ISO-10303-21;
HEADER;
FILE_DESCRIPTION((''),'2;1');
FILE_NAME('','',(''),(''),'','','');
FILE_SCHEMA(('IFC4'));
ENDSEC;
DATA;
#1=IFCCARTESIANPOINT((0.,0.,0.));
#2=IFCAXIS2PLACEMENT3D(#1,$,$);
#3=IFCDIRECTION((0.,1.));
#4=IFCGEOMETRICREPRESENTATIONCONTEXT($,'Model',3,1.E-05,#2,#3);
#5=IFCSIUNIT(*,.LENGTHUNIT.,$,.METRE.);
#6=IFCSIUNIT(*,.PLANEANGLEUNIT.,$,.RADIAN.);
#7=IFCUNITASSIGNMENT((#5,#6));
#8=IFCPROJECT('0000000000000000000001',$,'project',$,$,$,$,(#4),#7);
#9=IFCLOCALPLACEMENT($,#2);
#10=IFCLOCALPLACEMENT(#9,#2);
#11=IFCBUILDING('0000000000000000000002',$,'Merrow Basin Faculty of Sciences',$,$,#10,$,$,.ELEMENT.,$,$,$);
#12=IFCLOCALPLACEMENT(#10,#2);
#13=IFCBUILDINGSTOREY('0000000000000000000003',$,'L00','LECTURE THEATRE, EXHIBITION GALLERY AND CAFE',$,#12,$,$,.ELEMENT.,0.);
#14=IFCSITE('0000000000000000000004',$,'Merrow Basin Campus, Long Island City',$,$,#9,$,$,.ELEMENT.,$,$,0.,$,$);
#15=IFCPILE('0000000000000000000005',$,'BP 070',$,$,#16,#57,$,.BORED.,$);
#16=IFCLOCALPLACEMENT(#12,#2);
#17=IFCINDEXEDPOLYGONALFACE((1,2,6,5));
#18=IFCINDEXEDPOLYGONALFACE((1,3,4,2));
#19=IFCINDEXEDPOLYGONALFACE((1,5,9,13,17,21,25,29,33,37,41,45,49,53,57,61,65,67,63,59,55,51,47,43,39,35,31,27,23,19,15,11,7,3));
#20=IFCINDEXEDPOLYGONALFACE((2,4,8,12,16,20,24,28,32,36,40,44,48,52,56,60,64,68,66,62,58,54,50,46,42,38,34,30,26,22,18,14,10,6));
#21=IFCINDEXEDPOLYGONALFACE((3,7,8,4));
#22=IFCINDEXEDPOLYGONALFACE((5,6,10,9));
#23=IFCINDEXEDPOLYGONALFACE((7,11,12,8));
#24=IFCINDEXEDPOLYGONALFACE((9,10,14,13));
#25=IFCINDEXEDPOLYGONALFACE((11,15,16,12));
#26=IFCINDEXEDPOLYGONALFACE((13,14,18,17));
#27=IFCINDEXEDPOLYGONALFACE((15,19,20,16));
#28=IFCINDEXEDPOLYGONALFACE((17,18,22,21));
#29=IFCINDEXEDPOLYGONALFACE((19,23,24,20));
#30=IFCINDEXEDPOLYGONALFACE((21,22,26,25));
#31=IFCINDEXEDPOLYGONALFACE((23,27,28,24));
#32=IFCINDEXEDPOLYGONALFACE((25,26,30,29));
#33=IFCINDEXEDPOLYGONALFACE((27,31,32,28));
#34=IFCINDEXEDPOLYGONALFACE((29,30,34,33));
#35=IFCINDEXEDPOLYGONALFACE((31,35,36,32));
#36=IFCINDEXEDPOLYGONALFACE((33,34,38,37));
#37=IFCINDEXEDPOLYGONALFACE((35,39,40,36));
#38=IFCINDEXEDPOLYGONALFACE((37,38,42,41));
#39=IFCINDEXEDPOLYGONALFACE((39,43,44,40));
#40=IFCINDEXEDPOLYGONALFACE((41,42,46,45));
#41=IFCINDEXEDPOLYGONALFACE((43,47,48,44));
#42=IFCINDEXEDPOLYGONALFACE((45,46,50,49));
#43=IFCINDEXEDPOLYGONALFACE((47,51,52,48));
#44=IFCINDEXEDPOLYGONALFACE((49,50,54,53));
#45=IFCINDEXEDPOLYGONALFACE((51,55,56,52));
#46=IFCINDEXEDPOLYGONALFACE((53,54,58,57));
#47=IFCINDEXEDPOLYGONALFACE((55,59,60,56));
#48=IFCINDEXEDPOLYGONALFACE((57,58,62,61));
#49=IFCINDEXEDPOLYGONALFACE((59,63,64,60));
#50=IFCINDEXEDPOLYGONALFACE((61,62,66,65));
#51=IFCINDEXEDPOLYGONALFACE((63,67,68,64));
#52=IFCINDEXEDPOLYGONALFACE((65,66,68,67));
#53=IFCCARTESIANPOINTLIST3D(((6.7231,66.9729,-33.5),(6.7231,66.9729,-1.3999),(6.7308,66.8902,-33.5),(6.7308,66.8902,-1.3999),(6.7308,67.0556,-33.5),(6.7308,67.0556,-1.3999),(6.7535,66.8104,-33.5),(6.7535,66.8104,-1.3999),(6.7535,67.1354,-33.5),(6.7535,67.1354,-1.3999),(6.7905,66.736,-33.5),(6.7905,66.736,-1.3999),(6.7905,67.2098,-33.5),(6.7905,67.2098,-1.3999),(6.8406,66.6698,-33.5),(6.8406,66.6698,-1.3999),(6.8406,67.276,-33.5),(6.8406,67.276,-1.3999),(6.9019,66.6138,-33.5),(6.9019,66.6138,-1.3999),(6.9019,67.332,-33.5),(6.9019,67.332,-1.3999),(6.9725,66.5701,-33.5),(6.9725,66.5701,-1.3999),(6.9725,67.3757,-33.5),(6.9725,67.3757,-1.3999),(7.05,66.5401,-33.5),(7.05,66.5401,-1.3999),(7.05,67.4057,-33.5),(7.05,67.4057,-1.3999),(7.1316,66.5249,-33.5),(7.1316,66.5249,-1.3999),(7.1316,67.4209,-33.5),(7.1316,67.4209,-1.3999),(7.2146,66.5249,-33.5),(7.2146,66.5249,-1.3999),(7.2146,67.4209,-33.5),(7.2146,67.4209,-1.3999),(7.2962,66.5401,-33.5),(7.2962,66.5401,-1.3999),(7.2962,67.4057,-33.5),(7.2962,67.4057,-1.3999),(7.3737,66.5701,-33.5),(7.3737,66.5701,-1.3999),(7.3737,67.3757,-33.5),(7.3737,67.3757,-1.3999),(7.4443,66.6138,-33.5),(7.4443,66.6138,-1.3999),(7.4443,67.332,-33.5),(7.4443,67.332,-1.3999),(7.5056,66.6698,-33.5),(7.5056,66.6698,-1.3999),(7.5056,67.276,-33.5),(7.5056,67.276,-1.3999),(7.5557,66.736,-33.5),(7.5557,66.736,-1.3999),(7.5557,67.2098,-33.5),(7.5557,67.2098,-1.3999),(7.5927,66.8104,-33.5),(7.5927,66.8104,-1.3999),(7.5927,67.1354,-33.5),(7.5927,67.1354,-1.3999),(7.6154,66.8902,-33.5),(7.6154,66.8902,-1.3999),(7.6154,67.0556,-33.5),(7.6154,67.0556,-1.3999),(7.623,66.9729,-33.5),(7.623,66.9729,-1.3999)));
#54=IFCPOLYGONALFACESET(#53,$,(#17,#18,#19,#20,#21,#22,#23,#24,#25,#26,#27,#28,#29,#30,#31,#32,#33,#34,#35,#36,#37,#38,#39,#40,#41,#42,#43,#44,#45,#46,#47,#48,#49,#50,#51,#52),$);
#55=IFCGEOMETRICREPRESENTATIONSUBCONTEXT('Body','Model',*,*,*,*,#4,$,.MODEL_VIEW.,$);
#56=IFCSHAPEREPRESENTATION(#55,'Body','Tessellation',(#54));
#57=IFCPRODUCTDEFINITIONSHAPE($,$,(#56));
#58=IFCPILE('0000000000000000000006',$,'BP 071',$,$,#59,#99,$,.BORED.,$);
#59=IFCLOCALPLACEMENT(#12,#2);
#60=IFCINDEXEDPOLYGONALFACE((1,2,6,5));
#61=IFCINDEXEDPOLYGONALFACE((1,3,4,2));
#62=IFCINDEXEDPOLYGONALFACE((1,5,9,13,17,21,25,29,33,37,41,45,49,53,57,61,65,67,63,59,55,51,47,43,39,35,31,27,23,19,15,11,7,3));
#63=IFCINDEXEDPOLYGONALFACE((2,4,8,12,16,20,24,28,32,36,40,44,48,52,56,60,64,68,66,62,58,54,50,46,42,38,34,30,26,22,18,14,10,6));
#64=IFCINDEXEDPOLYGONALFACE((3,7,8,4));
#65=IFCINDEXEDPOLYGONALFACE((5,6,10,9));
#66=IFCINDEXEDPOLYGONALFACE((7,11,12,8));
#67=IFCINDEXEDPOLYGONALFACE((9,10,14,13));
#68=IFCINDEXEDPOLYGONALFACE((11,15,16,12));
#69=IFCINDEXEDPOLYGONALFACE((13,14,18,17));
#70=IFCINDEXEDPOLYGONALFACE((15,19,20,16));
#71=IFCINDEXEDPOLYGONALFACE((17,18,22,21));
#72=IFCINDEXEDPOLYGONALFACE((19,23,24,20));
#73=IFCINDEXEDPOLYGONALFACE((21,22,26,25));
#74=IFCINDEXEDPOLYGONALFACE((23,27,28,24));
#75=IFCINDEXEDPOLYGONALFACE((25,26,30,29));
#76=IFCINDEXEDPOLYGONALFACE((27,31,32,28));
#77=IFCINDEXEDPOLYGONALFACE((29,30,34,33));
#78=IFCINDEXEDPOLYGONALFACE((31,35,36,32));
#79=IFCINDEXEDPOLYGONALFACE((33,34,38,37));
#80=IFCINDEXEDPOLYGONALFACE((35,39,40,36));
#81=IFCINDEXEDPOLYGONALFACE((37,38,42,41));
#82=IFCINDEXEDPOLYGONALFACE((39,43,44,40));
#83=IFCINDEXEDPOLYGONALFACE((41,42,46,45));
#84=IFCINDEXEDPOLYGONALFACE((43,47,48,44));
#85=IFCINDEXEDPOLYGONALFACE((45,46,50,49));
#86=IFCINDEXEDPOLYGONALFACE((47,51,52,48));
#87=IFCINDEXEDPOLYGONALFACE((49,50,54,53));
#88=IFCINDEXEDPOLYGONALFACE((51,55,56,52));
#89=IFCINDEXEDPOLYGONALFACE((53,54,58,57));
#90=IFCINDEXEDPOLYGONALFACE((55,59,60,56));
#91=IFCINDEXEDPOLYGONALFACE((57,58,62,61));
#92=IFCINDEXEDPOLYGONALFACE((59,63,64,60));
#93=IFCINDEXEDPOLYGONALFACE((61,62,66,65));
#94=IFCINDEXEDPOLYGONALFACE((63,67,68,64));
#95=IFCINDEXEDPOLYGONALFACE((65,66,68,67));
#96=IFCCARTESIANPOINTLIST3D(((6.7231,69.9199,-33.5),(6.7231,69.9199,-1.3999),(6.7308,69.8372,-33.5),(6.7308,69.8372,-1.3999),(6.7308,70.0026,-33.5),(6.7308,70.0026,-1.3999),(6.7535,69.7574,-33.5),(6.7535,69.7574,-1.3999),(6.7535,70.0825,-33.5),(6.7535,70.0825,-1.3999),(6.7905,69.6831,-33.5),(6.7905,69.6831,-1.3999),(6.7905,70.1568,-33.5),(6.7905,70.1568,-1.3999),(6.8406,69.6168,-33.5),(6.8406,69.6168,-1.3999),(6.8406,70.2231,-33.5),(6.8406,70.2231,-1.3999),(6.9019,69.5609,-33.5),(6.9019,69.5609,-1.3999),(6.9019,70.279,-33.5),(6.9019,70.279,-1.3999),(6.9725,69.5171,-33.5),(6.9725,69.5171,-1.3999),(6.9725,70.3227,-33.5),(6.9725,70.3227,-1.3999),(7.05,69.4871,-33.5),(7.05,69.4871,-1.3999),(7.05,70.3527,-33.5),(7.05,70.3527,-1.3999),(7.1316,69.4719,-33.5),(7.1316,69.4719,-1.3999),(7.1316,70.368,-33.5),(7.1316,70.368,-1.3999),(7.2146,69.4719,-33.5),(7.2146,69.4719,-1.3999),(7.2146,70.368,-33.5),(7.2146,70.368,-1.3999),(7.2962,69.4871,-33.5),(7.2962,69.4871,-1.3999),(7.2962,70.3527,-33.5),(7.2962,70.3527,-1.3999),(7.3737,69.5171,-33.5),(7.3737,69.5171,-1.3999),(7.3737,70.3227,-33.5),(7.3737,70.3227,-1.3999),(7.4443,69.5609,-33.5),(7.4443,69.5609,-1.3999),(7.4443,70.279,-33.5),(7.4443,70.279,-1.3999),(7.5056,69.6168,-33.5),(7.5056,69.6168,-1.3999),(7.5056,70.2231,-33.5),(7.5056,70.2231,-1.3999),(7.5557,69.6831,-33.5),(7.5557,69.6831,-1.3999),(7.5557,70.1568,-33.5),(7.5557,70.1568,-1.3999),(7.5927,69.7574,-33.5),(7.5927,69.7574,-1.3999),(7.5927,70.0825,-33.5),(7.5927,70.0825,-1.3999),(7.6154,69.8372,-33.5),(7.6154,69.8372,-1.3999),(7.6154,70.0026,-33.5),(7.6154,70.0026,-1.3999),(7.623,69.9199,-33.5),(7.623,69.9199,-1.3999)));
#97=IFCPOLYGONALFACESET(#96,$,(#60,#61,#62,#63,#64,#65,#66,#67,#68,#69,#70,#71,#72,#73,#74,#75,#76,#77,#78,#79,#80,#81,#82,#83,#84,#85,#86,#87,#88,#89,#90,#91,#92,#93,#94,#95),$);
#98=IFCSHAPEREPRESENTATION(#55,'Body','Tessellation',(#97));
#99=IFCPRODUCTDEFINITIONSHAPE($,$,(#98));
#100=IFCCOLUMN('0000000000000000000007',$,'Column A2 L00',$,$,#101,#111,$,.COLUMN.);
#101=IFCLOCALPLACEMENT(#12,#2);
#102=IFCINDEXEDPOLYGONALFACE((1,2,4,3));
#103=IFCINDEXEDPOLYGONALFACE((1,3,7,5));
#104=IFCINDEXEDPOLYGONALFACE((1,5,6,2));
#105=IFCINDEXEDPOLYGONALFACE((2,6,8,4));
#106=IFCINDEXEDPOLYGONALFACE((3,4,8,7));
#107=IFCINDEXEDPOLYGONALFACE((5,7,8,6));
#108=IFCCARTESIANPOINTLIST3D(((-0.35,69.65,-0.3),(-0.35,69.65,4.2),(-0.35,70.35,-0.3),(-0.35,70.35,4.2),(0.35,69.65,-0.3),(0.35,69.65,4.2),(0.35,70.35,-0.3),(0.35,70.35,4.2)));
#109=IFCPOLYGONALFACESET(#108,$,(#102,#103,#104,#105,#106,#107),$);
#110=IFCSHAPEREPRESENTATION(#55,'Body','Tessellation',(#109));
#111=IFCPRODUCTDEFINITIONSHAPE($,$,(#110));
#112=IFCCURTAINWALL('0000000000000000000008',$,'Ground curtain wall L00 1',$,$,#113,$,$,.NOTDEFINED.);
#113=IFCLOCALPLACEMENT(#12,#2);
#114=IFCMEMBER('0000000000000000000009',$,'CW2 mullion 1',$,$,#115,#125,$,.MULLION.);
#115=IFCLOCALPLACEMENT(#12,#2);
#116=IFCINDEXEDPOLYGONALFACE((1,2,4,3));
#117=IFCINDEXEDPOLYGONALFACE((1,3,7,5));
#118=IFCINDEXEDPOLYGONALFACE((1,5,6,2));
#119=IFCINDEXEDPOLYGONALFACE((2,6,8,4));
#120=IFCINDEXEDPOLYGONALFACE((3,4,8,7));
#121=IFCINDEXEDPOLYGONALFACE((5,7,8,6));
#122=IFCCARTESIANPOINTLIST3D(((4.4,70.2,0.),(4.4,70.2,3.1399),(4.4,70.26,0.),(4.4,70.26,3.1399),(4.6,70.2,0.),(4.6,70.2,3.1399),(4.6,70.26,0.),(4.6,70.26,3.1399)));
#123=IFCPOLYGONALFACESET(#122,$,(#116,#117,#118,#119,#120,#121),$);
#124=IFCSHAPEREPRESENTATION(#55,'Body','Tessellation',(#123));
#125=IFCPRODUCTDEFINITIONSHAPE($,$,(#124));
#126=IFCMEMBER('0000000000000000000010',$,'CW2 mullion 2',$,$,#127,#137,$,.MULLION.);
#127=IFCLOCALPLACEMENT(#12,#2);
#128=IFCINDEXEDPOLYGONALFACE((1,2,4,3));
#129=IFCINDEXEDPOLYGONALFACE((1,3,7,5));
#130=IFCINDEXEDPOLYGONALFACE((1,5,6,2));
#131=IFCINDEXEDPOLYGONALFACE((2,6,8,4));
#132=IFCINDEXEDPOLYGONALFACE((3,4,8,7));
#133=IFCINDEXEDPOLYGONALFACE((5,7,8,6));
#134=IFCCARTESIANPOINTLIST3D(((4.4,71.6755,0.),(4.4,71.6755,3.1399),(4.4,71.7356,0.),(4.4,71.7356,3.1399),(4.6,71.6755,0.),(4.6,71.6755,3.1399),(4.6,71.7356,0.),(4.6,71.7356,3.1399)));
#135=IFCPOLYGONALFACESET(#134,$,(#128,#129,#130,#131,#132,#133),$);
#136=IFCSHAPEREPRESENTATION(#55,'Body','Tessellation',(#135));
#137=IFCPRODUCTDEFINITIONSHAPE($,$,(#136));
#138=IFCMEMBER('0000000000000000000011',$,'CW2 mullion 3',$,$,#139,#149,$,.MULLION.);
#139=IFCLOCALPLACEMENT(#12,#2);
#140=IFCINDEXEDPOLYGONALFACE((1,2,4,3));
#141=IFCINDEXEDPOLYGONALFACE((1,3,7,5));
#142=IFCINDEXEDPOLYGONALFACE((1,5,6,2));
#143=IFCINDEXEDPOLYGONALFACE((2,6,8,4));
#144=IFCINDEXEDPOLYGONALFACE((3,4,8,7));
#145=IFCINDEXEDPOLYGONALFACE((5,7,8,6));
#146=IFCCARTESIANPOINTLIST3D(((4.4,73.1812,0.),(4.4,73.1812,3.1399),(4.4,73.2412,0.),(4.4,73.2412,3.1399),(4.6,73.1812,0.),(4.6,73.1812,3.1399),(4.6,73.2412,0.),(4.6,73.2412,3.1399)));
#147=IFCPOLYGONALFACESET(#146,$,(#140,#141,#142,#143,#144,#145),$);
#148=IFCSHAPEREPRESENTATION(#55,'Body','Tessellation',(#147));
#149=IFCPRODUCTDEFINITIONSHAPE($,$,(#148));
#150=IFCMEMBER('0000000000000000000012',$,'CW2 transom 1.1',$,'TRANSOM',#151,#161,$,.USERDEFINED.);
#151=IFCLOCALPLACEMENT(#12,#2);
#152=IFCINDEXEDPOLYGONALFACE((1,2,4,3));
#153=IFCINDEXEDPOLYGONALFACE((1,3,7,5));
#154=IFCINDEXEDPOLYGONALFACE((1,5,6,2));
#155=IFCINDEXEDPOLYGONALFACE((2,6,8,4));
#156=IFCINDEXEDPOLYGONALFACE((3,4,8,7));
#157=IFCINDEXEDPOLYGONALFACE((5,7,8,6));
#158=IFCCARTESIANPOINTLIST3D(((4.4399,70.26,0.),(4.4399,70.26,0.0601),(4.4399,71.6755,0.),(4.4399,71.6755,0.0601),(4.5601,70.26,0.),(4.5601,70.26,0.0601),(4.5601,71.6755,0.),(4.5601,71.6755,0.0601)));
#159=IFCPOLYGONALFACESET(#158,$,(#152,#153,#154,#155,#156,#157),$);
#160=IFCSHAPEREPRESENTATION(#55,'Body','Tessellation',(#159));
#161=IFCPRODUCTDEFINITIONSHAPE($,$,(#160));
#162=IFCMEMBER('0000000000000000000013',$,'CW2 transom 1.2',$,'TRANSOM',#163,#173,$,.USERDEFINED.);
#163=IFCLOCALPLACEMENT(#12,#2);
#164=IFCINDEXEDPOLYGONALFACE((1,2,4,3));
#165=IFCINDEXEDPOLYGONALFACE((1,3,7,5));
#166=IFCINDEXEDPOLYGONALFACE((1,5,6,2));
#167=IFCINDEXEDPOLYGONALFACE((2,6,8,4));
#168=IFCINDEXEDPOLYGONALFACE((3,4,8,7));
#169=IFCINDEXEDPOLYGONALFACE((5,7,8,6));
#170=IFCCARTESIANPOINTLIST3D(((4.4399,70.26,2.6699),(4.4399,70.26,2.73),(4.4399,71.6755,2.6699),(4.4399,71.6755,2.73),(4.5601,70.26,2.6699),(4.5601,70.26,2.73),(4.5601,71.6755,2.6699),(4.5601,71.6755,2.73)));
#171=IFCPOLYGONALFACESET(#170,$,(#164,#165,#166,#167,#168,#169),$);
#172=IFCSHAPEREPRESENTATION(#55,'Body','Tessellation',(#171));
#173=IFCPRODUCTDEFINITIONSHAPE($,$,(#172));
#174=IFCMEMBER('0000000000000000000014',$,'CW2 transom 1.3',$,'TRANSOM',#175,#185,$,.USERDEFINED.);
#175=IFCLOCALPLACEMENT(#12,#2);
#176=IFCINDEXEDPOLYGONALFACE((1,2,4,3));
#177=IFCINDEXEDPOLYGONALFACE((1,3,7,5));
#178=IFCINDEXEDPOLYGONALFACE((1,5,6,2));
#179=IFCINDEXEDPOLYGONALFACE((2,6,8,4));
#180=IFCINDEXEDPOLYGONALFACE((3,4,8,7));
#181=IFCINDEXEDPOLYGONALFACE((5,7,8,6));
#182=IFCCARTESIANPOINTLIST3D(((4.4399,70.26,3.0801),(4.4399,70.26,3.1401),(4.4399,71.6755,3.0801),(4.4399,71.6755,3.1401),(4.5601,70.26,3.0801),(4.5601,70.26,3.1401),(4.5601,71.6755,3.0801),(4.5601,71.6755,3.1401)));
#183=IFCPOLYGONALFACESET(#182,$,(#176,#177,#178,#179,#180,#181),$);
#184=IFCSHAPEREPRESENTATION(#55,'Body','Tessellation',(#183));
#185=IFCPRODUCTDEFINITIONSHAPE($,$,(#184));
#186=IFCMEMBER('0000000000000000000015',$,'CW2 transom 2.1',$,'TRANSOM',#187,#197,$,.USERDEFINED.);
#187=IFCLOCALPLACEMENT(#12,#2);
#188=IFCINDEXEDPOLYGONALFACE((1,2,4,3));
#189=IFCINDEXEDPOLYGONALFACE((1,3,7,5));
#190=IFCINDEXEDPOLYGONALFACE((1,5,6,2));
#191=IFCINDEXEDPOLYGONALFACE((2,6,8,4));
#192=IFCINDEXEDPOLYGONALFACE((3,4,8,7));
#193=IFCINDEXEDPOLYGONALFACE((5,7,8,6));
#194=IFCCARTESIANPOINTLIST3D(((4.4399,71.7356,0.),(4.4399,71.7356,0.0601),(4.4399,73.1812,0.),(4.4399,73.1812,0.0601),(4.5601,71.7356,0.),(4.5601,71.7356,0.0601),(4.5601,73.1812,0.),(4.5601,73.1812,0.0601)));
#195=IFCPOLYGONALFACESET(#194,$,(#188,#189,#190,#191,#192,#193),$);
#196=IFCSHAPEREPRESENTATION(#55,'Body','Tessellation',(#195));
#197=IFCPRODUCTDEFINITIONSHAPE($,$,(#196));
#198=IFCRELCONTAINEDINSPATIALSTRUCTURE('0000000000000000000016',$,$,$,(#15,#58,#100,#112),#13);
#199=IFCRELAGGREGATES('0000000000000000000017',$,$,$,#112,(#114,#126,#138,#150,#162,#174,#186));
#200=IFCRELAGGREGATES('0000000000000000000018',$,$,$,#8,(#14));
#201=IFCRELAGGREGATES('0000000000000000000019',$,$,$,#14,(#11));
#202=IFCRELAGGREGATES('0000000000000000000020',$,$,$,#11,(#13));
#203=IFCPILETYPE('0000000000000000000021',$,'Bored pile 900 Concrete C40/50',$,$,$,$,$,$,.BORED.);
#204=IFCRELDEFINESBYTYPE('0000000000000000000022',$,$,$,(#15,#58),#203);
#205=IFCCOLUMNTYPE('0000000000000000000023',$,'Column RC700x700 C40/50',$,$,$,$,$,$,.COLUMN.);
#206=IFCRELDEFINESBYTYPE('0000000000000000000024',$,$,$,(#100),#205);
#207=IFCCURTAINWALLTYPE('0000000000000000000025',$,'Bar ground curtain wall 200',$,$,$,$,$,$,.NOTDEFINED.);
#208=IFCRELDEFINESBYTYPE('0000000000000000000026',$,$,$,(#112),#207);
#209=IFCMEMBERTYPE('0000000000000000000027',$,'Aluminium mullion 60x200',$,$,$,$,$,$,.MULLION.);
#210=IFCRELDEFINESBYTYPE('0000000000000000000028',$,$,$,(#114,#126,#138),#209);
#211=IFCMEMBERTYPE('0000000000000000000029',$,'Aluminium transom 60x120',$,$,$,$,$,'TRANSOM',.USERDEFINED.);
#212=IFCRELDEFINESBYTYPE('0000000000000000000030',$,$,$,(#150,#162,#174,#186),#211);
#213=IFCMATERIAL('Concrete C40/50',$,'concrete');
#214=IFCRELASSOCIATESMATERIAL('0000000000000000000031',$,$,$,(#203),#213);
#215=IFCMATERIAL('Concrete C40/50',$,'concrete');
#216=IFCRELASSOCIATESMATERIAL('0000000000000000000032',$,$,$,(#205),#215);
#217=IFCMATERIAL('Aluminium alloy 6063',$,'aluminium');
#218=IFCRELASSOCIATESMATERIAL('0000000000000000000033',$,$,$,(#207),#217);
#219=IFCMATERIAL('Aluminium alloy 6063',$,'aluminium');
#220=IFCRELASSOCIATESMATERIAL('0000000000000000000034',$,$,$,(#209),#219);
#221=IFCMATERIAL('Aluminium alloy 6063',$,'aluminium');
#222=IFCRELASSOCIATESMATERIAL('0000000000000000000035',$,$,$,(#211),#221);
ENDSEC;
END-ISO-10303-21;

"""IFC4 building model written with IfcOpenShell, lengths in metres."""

from ifc_helpers import new_model, si_unit, direction, frame, origin, origin_2d, place, context, subcontext, project, spatial, rectangle, circle, extrude, material, material_profile, profile_set, type_object, element, aggregate, save


model = new_model("IFC4")

# Units and contexts
model_context = context("Model", 3, precision=1e-05, world=origin(), true_north=direction((0.0, 1.0)))
body_context = subcontext(model_context, "Body", "Model", "MODEL_VIEW")
ifc_project = project(units=[si_unit("LENGTHUNIT", "METRE"), si_unit("PLANEANGLEUNIT", "RADIAN")], contexts=[model_context])

# Site, building, storey
site_placement = place(None, origin())
site = spatial("IfcSite", under=ifc_project, at=site_placement, Name="Merrow Basin Campus, Long Island City", CompositionType="ELEMENT", RefElevation=0.0)
building_placement = place(site_placement, origin())
building = spatial("IfcBuilding", under=site, at=building_placement, Name="Merrow Basin Faculty of Sciences", CompositionType="ELEMENT")
storey_placement = place(building_placement, origin())
storey = spatial("IfcBuildingStorey", under=building, at=storey_placement, Name="L00", Description="LECTURE THEATRE, EXHIBITION GALLERY AND CAFE", CompositionType="ELEMENT", Elevation=0.0)

# Piles
ifc_material_1 = material(Name="Concrete C40/50", Category="concrete")
ifc_material_profile_1 = material_profile(ifc_material_1, circle(Radius=0.45, at=origin_2d()))
ifc_profile_set_1 = profile_set([ifc_material_profile_1], Name="Concrete C40/50")
pile_type = type_object("IfcPileType", Name="Bored pile 900 Concrete C40/50", PredefinedType="BORED", material=ifc_profile_set_1)
for number, where, z_axis, x_axis, name in (
    (1, (7.1731, 66.9729, -1.3999), (0.0, 0.0, -1.0), (1.0, 0.0, 0.0), "BP 070"),
    (2, (7.1731, 69.9199, -1.3999), (0.0, 0.0, -1.0), (1.0, 0.0, 0.0), "BP 071"),
):
    element("IfcPile", number, at=place(storey_placement, frame(where, z_axis=z_axis, x_axis=x_axis)), inside=storey, type_object=pile_type, Name=name, PredefinedType="BORED", context=body_context, shape_type="SweptSolid", body=[
        extrude(circle(Radius=0.45, at=origin_2d()), origin(), (0.0, 0.0, 1.0), 32.1001),
    ])

# Column
ifc_material_2 = material(Name="Concrete C40/50", Category="concrete")
ifc_material_profile_2 = material_profile(ifc_material_2, rectangle(XDim=0.7, YDim=0.7, at=origin_2d()))
ifc_profile_set_2 = profile_set([ifc_material_profile_2], Name="Concrete C40/50")
column_type = type_object("IfcColumnType", Name="Column RC700x700 C40/50", PredefinedType="COLUMN", material=ifc_profile_set_2)
column_placement = place(storey_placement, frame((0.0, 70.0, -0.3), z_axis=(0.0, 0.0, 1.0), x_axis=(1.0, 0.0, 0.0)))
element("IfcColumn", 3, at=column_placement, inside=storey, type_object=column_type, Name="Column A2 L00", PredefinedType="COLUMN", context=body_context, shape_type="SweptSolid", body=[
    extrude(rectangle(XDim=0.7, YDim=0.7, at=origin_2d()), origin(), (0.0, 0.0, 1.0), 4.5),
])

# Curtain wall, members
ifc_material_3 = material(Name="Aluminium alloy 6063", Category="aluminium")
curtain_wall_type = type_object("IfcCurtainWallType", Name="Bar ground curtain wall 200", PredefinedType="NOTDEFINED", material=ifc_material_3)
curtain_wall_placement = place(storey_placement, origin())
curtain_wall = element("IfcCurtainWall", 4, at=curtain_wall_placement, inside=storey, type_object=curtain_wall_type, Name="Ground curtain wall L00 1", PredefinedType="NOTDEFINED")
ifc_material_4 = material(Name="Aluminium alloy 6063", Category="aluminium")
ifc_material_profile_3 = material_profile(ifc_material_4, rectangle(XDim=0.2, YDim=0.0601, at=origin_2d()))
ifc_profile_set_3 = profile_set([ifc_material_profile_3], Name="Aluminium alloy 6063")
member_type_1 = type_object("IfcMemberType", Name="Aluminium mullion 60x200", PredefinedType="MULLION", material=ifc_profile_set_3)
member_1_placement = place(storey_placement, frame((4.5, 70.23, 0.0), z_axis=(0.0, 0.0, 1.0), x_axis=(-1.0, 0.0, 0.0)))
member_1 = element("IfcMember", 5, at=member_1_placement, type_object=member_type_1, Name="CW2 mullion 1", PredefinedType="MULLION", context=body_context, shape_type="SweptSolid", body=[
    extrude(rectangle(XDim=0.2, YDim=0.0601, at=origin_2d()), origin(), (0.0, 0.0, 1.0), 3.1399),
])
member_2_placement = place(storey_placement, frame((4.5, 71.7056, 0.0), z_axis=(0.0, 0.0, 1.0), x_axis=(-1.0, 0.0, 0.0)))
member_2 = element("IfcMember", 6, at=member_2_placement, type_object=member_type_1, Name="CW2 mullion 2", PredefinedType="MULLION", context=body_context, shape_type="SweptSolid", body=[
    extrude(rectangle(XDim=0.2, YDim=0.0601, at=origin_2d()), origin(), (0.0, 0.0, 1.0), 3.1399),
])
member_3_placement = place(storey_placement, frame((4.5, 73.2112, 0.0), z_axis=(0.0, 0.0, 1.0), x_axis=(-1.0, 0.0, 0.0)))
member_3 = element("IfcMember", 7, at=member_3_placement, type_object=member_type_1, Name="CW2 mullion 3", PredefinedType="MULLION", context=body_context, shape_type="SweptSolid", body=[
    extrude(rectangle(XDim=0.2, YDim=0.0601, at=origin_2d()), origin(), (0.0, 0.0, 1.0), 3.1399),
])
ifc_material_5 = material(Name="Aluminium alloy 6063", Category="aluminium")
ifc_material_profile_4 = material_profile(ifc_material_5, rectangle(XDim=0.1201, YDim=0.0601, at=origin_2d()))
ifc_profile_set_4 = profile_set([ifc_material_profile_4], Name="Aluminium alloy 6063")
member_type_2 = type_object("IfcMemberType", Name="Aluminium transom 60x120", ElementType="TRANSOM", PredefinedType="USERDEFINED", material=ifc_profile_set_4)
member_4_placement = place(storey_placement, frame((4.5, 70.26, 0.03), z_axis=(0.0, 1.0, 0.0), x_axis=(-1.0, 0.0, 0.0)))
member_4 = element("IfcMember", 8, at=member_4_placement, type_object=member_type_2, Name="CW2 transom 1.1", ObjectType="TRANSOM", PredefinedType="USERDEFINED", context=body_context, shape_type="SweptSolid", body=[
    extrude(rectangle(XDim=0.1201, YDim=0.0601, at=origin_2d()), origin(), (0.0, 0.0, 1.0), 1.4155),
])
member_5_placement = place(storey_placement, frame((4.5, 70.26, 2.7), z_axis=(0.0, 1.0, 0.0), x_axis=(-1.0, 0.0, 0.0)))
member_5 = element("IfcMember", 9, at=member_5_placement, type_object=member_type_2, Name="CW2 transom 1.2", ObjectType="TRANSOM", PredefinedType="USERDEFINED", context=body_context, shape_type="SweptSolid", body=[
    extrude(rectangle(XDim=0.1201, YDim=0.0601, at=origin_2d()), origin(), (0.0, 0.0, 1.0), 1.4155),
])
member_6_placement = place(storey_placement, frame((4.5, 70.26, 3.1101), z_axis=(0.0, 1.0, 0.0), x_axis=(-1.0, 0.0, 0.0)))
member_6 = element("IfcMember", 10, at=member_6_placement, type_object=member_type_2, Name="CW2 transom 1.3", ObjectType="TRANSOM", PredefinedType="USERDEFINED", context=body_context, shape_type="SweptSolid", body=[
    extrude(rectangle(XDim=0.1201, YDim=0.0601, at=origin_2d()), origin(), (0.0, 0.0, 1.0), 1.4155),
])
member_7_placement = place(storey_placement, frame((4.5, 71.7356, 0.03), z_axis=(0.0, 1.0, 0.0), x_axis=(-1.0, 0.0, 0.0)))
member_7 = element("IfcMember", 11, at=member_7_placement, type_object=member_type_2, Name="CW2 transom 2.1", ObjectType="TRANSOM", PredefinedType="USERDEFINED", context=body_context, shape_type="SweptSolid", body=[
    extrude(rectangle(XDim=0.1201, YDim=0.0601, at=origin_2d()), origin(), (0.0, 0.0, 1.0), 1.4456),
])

aggregate(curtain_wall, [member_1, member_2, member_3, member_4, member_5, member_6, member_7])

save(model, "model.ifc")
